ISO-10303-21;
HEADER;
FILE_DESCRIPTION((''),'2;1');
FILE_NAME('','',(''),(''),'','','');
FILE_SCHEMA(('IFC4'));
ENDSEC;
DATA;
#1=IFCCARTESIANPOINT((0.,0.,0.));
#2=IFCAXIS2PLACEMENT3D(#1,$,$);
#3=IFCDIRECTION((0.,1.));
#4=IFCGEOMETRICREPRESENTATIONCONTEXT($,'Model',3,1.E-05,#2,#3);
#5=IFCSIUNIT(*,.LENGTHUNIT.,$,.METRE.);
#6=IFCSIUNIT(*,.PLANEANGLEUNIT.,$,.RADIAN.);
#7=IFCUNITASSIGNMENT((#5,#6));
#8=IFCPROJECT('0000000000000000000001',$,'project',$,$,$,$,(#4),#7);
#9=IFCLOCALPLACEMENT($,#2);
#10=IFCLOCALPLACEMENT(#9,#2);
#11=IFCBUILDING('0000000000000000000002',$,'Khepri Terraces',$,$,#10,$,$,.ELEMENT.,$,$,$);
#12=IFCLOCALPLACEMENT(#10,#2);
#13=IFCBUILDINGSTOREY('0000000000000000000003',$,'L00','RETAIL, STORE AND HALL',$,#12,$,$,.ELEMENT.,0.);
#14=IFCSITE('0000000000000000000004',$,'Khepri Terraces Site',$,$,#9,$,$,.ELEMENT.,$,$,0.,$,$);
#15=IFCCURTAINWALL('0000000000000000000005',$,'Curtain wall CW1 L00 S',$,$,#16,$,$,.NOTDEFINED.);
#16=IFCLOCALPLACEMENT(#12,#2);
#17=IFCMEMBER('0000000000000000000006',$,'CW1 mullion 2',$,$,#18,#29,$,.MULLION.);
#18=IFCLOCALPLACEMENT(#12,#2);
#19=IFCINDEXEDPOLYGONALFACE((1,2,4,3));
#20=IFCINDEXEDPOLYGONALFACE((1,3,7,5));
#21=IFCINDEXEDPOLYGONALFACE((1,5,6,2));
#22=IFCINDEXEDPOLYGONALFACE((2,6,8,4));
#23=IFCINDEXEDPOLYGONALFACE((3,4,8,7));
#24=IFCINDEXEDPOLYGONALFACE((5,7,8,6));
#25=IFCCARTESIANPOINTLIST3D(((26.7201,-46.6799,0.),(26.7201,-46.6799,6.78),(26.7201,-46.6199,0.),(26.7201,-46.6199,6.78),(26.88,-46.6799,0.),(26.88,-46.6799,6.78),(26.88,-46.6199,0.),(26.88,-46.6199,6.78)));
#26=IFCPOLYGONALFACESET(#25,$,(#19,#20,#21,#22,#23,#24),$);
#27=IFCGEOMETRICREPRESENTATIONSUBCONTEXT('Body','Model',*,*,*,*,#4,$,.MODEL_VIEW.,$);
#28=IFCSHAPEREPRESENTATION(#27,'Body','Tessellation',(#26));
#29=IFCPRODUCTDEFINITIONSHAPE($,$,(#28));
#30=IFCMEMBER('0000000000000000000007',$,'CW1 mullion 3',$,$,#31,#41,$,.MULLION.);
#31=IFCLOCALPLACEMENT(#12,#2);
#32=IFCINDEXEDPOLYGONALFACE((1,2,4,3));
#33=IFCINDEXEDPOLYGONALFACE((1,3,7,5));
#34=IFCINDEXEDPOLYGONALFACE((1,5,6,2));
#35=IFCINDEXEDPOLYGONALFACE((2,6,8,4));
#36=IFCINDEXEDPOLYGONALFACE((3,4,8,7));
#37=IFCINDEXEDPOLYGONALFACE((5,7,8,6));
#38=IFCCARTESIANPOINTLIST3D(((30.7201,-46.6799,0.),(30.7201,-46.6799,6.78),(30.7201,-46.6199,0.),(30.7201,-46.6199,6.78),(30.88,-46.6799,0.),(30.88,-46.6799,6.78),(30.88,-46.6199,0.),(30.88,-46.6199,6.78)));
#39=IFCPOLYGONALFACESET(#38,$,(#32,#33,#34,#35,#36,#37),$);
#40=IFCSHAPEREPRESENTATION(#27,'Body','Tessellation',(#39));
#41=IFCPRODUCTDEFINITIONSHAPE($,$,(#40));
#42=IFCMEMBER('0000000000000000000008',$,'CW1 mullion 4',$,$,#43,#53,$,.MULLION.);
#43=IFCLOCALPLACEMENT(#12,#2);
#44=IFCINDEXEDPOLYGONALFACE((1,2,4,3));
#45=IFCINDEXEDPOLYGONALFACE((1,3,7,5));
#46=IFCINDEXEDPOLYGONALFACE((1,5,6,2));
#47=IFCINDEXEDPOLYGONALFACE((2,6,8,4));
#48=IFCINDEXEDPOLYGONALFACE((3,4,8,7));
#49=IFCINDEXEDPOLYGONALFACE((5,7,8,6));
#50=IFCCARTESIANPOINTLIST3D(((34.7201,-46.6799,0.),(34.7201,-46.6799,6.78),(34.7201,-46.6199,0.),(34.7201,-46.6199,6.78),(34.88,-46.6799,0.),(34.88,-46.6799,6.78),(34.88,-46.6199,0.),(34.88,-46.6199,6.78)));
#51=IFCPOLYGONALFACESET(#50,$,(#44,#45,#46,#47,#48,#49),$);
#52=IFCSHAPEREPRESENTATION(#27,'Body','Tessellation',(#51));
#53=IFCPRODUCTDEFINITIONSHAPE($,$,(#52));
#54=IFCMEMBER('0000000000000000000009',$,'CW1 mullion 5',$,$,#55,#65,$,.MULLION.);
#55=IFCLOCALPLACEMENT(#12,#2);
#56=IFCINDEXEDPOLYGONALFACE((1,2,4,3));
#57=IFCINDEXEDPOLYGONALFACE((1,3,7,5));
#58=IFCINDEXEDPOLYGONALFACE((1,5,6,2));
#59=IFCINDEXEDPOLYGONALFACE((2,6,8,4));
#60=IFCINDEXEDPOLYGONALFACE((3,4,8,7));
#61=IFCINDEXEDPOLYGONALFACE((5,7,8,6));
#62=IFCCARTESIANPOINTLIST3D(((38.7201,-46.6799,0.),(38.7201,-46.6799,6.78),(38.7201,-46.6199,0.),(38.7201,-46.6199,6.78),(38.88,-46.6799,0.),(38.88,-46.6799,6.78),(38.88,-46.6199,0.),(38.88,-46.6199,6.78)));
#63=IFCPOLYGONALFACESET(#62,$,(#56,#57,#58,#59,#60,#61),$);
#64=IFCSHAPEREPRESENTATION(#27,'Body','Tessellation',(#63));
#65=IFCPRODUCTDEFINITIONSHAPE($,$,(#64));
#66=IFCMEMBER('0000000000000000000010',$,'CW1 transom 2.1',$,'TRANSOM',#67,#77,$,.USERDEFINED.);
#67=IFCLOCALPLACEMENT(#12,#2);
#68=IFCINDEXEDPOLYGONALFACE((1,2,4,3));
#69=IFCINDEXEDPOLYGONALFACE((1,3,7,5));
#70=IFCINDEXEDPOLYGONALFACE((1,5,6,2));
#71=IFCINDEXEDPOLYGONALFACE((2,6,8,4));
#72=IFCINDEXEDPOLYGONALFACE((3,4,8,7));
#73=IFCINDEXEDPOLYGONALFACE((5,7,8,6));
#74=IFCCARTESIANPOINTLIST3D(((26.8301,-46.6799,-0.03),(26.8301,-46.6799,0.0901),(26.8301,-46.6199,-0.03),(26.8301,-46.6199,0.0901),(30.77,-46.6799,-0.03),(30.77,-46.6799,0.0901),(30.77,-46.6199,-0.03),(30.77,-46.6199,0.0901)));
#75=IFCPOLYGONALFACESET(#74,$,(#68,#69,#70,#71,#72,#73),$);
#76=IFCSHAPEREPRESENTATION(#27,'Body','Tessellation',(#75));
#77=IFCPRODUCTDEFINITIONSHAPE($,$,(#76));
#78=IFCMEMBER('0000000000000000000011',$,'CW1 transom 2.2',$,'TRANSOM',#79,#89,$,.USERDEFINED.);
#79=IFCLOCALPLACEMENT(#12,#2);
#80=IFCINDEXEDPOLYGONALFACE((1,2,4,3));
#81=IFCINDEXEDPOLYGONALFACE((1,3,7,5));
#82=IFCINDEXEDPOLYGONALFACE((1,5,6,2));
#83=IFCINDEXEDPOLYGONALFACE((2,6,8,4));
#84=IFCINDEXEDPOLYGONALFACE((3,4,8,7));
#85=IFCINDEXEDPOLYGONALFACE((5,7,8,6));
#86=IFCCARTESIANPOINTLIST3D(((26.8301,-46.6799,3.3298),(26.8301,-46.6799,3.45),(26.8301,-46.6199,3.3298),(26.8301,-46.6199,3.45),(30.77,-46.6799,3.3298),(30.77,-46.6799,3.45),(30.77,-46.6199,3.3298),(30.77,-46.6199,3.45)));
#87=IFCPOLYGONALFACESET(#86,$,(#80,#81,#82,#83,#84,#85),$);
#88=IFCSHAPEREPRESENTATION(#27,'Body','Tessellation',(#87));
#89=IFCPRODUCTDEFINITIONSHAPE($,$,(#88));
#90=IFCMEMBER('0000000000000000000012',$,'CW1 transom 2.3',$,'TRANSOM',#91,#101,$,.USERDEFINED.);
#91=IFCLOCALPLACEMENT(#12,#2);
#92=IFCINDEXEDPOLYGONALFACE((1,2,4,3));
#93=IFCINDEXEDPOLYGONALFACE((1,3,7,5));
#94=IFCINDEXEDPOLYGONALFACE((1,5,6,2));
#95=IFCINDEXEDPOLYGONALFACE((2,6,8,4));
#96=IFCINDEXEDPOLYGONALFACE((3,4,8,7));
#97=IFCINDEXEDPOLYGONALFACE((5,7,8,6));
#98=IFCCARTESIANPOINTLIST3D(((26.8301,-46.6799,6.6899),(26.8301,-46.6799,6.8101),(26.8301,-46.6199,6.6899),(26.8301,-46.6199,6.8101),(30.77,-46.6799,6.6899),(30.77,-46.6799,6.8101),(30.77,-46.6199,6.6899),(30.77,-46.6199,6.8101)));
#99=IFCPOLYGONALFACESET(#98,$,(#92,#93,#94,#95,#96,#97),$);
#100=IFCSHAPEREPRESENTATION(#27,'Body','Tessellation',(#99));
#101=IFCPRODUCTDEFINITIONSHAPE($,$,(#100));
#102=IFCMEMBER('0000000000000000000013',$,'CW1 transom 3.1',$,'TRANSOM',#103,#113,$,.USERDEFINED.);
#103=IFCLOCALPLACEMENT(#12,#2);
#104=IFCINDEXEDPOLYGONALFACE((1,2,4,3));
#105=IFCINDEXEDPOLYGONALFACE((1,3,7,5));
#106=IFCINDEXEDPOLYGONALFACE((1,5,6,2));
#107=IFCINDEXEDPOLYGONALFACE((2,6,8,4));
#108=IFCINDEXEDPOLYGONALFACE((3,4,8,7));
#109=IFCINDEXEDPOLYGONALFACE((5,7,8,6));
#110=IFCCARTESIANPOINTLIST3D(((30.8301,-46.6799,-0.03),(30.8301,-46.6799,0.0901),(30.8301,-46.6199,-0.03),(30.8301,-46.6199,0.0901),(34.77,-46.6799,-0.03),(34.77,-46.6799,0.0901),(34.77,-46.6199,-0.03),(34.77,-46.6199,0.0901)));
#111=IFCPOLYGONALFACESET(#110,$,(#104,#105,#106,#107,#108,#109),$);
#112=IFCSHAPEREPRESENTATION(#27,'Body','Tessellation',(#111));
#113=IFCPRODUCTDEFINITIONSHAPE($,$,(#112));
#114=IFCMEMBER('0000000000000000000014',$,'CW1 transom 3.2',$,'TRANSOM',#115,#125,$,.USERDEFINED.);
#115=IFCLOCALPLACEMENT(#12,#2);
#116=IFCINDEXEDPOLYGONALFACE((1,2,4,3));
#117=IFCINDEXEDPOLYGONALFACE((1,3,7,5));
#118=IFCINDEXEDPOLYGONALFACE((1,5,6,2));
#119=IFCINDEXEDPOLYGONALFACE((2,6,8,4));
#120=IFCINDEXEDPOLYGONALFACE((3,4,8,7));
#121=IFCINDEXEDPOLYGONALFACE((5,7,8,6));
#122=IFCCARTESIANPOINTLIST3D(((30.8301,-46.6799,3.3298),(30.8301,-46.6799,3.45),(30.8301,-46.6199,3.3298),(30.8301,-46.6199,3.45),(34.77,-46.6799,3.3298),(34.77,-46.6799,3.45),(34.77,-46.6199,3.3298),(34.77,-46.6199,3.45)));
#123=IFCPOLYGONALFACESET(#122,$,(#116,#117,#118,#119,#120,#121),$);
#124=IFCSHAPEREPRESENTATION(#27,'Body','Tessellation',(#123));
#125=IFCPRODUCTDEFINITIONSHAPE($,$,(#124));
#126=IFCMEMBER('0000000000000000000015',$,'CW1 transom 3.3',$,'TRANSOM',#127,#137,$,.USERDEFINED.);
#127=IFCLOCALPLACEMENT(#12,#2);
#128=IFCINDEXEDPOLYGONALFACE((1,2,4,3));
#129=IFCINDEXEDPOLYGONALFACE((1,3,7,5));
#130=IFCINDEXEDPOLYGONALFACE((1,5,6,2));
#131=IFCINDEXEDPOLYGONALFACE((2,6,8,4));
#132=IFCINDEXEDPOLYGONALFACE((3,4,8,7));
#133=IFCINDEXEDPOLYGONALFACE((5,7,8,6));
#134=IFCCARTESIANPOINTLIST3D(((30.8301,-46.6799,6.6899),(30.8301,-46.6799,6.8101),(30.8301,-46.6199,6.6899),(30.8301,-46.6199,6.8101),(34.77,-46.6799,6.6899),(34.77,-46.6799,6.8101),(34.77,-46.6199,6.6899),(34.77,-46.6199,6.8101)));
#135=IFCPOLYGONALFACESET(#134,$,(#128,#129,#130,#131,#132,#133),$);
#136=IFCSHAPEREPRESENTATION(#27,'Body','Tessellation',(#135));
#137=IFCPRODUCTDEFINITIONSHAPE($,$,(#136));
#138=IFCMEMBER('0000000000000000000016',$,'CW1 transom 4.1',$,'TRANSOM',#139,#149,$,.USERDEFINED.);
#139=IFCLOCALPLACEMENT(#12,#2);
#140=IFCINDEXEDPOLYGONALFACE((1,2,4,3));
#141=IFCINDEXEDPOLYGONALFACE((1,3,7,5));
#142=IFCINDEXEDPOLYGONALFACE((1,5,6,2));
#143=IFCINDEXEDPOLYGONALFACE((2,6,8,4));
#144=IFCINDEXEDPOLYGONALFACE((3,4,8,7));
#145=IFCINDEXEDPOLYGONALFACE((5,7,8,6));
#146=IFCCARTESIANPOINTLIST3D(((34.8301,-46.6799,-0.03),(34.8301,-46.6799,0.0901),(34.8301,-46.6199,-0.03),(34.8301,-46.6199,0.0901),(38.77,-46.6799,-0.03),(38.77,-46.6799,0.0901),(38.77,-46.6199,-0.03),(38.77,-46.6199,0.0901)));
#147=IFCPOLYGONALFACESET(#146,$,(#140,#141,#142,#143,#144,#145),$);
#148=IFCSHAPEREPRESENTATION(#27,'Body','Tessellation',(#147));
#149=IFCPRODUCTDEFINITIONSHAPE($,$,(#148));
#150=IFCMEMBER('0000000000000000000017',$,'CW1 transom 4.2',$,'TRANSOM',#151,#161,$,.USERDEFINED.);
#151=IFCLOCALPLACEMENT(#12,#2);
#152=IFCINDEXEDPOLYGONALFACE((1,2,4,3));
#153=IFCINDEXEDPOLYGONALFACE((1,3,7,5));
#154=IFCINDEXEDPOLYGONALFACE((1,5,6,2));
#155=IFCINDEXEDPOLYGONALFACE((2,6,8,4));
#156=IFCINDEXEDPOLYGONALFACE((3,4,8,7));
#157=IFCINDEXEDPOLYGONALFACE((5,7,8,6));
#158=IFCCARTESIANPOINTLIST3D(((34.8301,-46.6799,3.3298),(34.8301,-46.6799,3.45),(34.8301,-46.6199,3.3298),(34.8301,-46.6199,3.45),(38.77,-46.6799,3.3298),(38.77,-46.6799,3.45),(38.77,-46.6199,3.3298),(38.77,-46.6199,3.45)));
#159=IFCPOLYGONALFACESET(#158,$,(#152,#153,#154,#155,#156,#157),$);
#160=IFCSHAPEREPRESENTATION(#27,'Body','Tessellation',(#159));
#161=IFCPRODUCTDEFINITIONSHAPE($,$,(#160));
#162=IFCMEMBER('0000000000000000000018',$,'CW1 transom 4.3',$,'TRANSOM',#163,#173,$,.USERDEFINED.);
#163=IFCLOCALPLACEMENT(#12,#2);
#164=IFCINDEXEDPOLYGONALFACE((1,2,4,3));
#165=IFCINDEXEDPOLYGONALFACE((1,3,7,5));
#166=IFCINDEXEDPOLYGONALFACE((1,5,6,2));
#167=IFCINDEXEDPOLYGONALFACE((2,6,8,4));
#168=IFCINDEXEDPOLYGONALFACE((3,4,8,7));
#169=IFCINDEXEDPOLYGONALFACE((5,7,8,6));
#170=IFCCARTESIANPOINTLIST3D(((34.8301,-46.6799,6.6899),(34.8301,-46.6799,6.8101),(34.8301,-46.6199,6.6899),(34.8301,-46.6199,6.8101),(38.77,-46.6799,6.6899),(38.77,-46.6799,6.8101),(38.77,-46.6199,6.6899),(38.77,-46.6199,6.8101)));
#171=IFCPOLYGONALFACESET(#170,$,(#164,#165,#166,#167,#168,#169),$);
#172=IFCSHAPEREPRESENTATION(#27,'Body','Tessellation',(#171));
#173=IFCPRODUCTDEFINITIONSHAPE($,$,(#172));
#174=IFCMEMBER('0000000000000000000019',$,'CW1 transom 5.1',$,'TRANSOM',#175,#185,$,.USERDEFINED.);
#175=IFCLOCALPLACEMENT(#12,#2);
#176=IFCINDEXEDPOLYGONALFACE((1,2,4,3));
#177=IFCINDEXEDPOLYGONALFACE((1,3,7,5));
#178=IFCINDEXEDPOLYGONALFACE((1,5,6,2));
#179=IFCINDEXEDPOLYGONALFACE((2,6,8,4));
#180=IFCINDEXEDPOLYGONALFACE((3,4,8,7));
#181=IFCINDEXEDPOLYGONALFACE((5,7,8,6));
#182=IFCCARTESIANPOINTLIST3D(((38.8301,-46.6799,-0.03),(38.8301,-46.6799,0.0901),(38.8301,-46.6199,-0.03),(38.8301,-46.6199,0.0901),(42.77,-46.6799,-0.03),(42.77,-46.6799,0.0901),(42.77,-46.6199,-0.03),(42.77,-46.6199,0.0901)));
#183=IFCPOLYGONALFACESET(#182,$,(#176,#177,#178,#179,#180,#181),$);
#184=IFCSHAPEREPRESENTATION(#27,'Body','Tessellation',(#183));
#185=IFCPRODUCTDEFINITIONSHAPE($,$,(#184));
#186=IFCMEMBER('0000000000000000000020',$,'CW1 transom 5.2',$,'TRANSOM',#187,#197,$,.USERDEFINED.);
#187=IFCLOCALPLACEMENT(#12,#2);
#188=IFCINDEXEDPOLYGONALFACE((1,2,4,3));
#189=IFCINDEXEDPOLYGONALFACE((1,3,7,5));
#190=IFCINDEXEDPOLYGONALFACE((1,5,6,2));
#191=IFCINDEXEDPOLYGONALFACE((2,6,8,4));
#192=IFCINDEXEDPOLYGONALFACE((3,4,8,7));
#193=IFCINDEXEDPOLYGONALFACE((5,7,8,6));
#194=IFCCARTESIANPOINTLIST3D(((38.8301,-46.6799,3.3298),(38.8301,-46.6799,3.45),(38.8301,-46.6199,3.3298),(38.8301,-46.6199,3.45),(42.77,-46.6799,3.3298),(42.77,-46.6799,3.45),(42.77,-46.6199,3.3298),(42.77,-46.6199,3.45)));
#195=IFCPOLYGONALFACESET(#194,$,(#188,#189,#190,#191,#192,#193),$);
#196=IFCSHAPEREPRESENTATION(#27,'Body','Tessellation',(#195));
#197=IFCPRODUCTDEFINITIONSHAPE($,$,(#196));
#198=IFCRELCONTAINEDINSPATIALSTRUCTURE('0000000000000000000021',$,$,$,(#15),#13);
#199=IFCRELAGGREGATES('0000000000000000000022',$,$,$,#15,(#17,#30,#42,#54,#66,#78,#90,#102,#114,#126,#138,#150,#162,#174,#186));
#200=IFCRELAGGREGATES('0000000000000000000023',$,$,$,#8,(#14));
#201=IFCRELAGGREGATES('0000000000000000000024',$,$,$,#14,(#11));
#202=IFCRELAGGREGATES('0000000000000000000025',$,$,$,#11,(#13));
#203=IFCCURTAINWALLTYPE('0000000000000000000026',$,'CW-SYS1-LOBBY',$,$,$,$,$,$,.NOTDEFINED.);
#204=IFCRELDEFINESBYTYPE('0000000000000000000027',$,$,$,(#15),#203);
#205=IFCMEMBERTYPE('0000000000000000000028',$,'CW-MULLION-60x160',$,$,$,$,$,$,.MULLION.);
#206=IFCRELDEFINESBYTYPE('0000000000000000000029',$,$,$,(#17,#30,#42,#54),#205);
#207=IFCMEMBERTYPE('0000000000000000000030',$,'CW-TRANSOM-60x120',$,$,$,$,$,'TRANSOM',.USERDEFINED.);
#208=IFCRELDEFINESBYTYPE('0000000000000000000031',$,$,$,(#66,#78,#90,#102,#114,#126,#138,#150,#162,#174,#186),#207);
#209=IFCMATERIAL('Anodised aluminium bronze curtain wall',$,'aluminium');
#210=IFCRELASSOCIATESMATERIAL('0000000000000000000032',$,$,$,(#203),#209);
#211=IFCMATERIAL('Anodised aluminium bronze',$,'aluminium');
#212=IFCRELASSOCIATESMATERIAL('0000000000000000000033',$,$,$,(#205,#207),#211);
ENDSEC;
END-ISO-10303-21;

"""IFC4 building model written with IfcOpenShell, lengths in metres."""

from ifc_helpers import new_model, si_unit, direction, frame, origin, origin_2d, place, context, subcontext, project, spatial, rectangle, extrude, material, material_profile, profile_set, type_object, element, aggregate, save


model = new_model("IFC4")

# Units and contexts
model_context = context("Model", 3, precision=1e-05, world=origin(), true_north=direction((0.0, 1.0)))
body_context = subcontext(model_context, "Body", "Model", "MODEL_VIEW")
ifc_project = project(units=[si_unit("LENGTHUNIT", "METRE"), si_unit("PLANEANGLEUNIT", "RADIAN")], contexts=[model_context])

# Site, building, storey
site_placement = place(None, origin())
site = spatial("IfcSite", under=ifc_project, at=site_placement, Name="Khepri Terraces Site", CompositionType="ELEMENT", RefElevation=0.0)
building_placement = place(site_placement, origin())
building = spatial("IfcBuilding", under=site, at=building_placement, Name="Khepri Terraces", CompositionType="ELEMENT")
storey_placement = place(building_placement, origin())
storey = spatial("IfcBuildingStorey", under=building, at=storey_placement, Name="L00", Description="RETAIL, STORE AND HALL", CompositionType="ELEMENT", Elevation=0.0)

# Curtain wall, members
ifc_material_1 = material(Name="Anodised aluminium bronze curtain wall", Category="aluminium")
curtain_wall_type = type_object("IfcCurtainWallType", Name="CW-SYS1-LOBBY", PredefinedType="NOTDEFINED", material=ifc_material_1)
curtain_wall_placement = place(storey_placement, origin())
curtain_wall = element("IfcCurtainWall", 1, at=curtain_wall_placement, inside=storey, type_object=curtain_wall_type, Name="Curtain wall CW1 L00 S", PredefinedType="NOTDEFINED")
ifc_material_2 = material(Name="Anodised aluminium bronze", Category="aluminium")
ifc_material_profile_1 = material_profile(ifc_material_2, rectangle(XDim=0.0601, YDim=0.1599, at=origin_2d()), Name="Anodised aluminium bronze", Category="aluminium")
ifc_profile_set_1 = profile_set([ifc_material_profile_1], Name="Anodised aluminium bronze")
member_type_1 = type_object("IfcMemberType", Name="CW-MULLION-60x160", PredefinedType="MULLION", material=ifc_profile_set_1)
member_1_placement = place(storey_placement, frame((26.8, -46.6499, 0.0), z_axis=(0.0, 0.0, 1.0), x_axis=(0.0, 1.0, 0.0)))
member_1 = element("IfcMember", 2, at=member_1_placement, type_object=member_type_1, Name="CW1 mullion 2", PredefinedType="MULLION", context=body_context, shape_type="SweptSolid", body=[
    extrude(rectangle(XDim=0.0601, YDim=0.1599, at=origin_2d()), origin(), (0.0, 0.0, 1.0), 6.78),
])
member_2_placement = place(storey_placement, frame((30.8, -46.6499, 0.0), z_axis=(0.0, 0.0, 1.0), x_axis=(0.0, 1.0, 0.0)))
member_2 = element("IfcMember", 3, at=member_2_placement, type_object=member_type_1, Name="CW1 mullion 3", PredefinedType="MULLION", context=body_context, shape_type="SweptSolid", body=[
    extrude(rectangle(XDim=0.0601, YDim=0.1599, at=origin_2d()), origin(), (0.0, 0.0, 1.0), 6.78),
])
member_3_placement = place(storey_placement, frame((34.8, -46.6499, 0.0), z_axis=(0.0, 0.0, 1.0), x_axis=(0.0, 1.0, 0.0)))
member_3 = element("IfcMember", 4, at=member_3_placement, type_object=member_type_1, Name="CW1 mullion 4", PredefinedType="MULLION", context=body_context, shape_type="SweptSolid", body=[
    extrude(rectangle(XDim=0.0601, YDim=0.1599, at=origin_2d()), origin(), (0.0, 0.0, 1.0), 6.78),
])
member_4_placement = place(storey_placement, frame((38.8, -46.6499, 0.0), z_axis=(0.0, 0.0, 1.0), x_axis=(0.0, 1.0, 0.0)))
member_4 = element("IfcMember", 5, at=member_4_placement, type_object=member_type_1, Name="CW1 mullion 5", PredefinedType="MULLION", context=body_context, shape_type="SweptSolid", body=[
    extrude(rectangle(XDim=0.0601, YDim=0.1599, at=origin_2d()), origin(), (0.0, 0.0, 1.0), 6.78),
])
ifc_material_profile_2 = material_profile(ifc_material_2, rectangle(XDim=0.0601, YDim=0.1201, at=origin_2d()), Name="Anodised aluminium bronze", Category="aluminium")
ifc_profile_set_2 = profile_set([ifc_material_profile_2], Name="Anodised aluminium bronze")
member_type_2 = type_object("IfcMemberType", Name="CW-TRANSOM-60x120", ElementType="TRANSOM", PredefinedType="USERDEFINED", material=ifc_profile_set_2)
member_5_placement = place(storey_placement, frame((26.8301, -46.6499, 0.03), z_axis=(1.0, 0.0, 0.0), x_axis=(0.0, 1.0, 0.0)))
member_5 = element("IfcMember", 6, at=member_5_placement, type_object=member_type_2, Name="CW1 transom 2.1", ObjectType="TRANSOM", PredefinedType="USERDEFINED", context=body_context, shape_type="SweptSolid", body=[
    extrude(rectangle(XDim=0.0601, YDim=0.1201, at=origin_2d()), origin(), (0.0, 0.0, 1.0), 3.9399),
])
member_6_placement = place(storey_placement, frame((26.8301, -46.6499, 3.3899), z_axis=(1.0, 0.0, 0.0), x_axis=(0.0, 1.0, 0.0)))
member_6 = element("IfcMember", 7, at=member_6_placement, type_object=member_type_2, Name="CW1 transom 2.2", ObjectType="TRANSOM", PredefinedType="USERDEFINED", context=body_context, shape_type="SweptSolid", body=[
    extrude(rectangle(XDim=0.0601, YDim=0.1201, at=origin_2d()), origin(), (0.0, 0.0, 1.0), 3.9399),
])
member_7_placement = place(storey_placement, frame((26.8301, -46.6499, 6.75), z_axis=(1.0, 0.0, 0.0), x_axis=(0.0, 1.0, 0.0)))
member_7 = element("IfcMember", 8, at=member_7_placement, type_object=member_type_2, Name="CW1 transom 2.3", ObjectType="TRANSOM", PredefinedType="USERDEFINED", context=body_context, shape_type="SweptSolid", body=[
    extrude(rectangle(XDim=0.0601, YDim=0.1201, at=origin_2d()), origin(), (0.0, 0.0, 1.0), 3.9399),
])
member_8_placement = place(storey_placement, frame((30.8301, -46.6499, 0.03), z_axis=(1.0, 0.0, 0.0), x_axis=(0.0, 1.0, 0.0)))
member_8 = element("IfcMember", 9, at=member_8_placement, type_object=member_type_2, Name="CW1 transom 3.1", ObjectType="TRANSOM", PredefinedType="USERDEFINED", context=body_context, shape_type="SweptSolid", body=[
    extrude(rectangle(XDim=0.0601, YDim=0.1201, at=origin_2d()), origin(), (0.0, 0.0, 1.0), 3.9399),
])
member_9_placement = place(storey_placement, frame((30.8301, -46.6499, 3.3899), z_axis=(1.0, 0.0, 0.0), x_axis=(0.0, 1.0, 0.0)))
member_9 = element("IfcMember", 10, at=member_9_placement, type_object=member_type_2, Name="CW1 transom 3.2", ObjectType="TRANSOM", PredefinedType="USERDEFINED", context=body_context, shape_type="SweptSolid", body=[
    extrude(rectangle(XDim=0.0601, YDim=0.1201, at=origin_2d()), origin(), (0.0, 0.0, 1.0), 3.9399),
])
member_10_placement = place(storey_placement, frame((30.8301, -46.6499, 6.75), z_axis=(1.0, 0.0, 0.0), x_axis=(0.0, 1.0, 0.0)))
member_10 = element("IfcMember", 11, at=member_10_placement, type_object=member_type_2, Name="CW1 transom 3.3", ObjectType="TRANSOM", PredefinedType="USERDEFINED", context=body_context, shape_type="SweptSolid", body=[
    extrude(rectangle(XDim=0.0601, YDim=0.1201, at=origin_2d()), origin(), (0.0, 0.0, 1.0), 3.9399),
])
member_11_placement = place(storey_placement, frame((34.8301, -46.6499, 0.03), z_axis=(1.0, 0.0, 0.0), x_axis=(0.0, 1.0, 0.0)))
member_11 = element("IfcMember", 12, at=member_11_placement, type_object=member_type_2, Name="CW1 transom 4.1", ObjectType="TRANSOM", PredefinedType="USERDEFINED", context=body_context, shape_type="SweptSolid", body=[
    extrude(rectangle(XDim=0.0601, YDim=0.1201, at=origin_2d()), origin(), (0.0, 0.0, 1.0), 3.9399),
])
member_12_placement = place(storey_placement, frame((34.8301, -46.6499, 3.3899), z_axis=(1.0, 0.0, 0.0), x_axis=(0.0, 1.0, 0.0)))
member_12 = element("IfcMember", 13, at=member_12_placement, type_object=member_type_2, Name="CW1 transom 4.2", ObjectType="TRANSOM", PredefinedType="USERDEFINED", context=body_context, shape_type="SweptSolid", body=[
    extrude(rectangle(XDim=0.0601, YDim=0.1201, at=origin_2d()), origin(), (0.0, 0.0, 1.0), 3.9399),
])
member_13_placement = place(storey_placement, frame((34.8301, -46.6499, 6.75), z_axis=(1.0, 0.0, 0.0), x_axis=(0.0, 1.0, 0.0)))
member_13 = element("IfcMember", 14, at=member_13_placement, type_object=member_type_2, Name="CW1 transom 4.3", ObjectType="TRANSOM", PredefinedType="USERDEFINED", context=body_context, shape_type="SweptSolid", body=[
    extrude(rectangle(XDim=0.0601, YDim=0.1201, at=origin_2d()), origin(), (0.0, 0.0, 1.0), 3.9399),
])
member_14_placement = place(storey_placement, frame((38.8301, -46.6499, 0.03), z_axis=(1.0, 0.0, 0.0), x_axis=(0.0, 1.0, 0.0)))
member_14 = element("IfcMember", 15, at=member_14_placement, type_object=member_type_2, Name="CW1 transom 5.1", ObjectType="TRANSOM", PredefinedType="USERDEFINED", context=body_context, shape_type="SweptSolid", body=[
    extrude(rectangle(XDim=0.0601, YDim=0.1201, at=origin_2d()), origin(), (0.0, 0.0, 1.0), 3.9399),
])
member_15_placement = place(storey_placement, frame((38.8301, -46.6499, 3.3899), z_axis=(1.0, 0.0, 0.0), x_axis=(0.0, 1.0, 0.0)))
member_15 = element("IfcMember", 16, at=member_15_placement, type_object=member_type_2, Name="CW1 transom 5.2", ObjectType="TRANSOM", PredefinedType="USERDEFINED", context=body_context, shape_type="SweptSolid", body=[
    extrude(rectangle(XDim=0.0601, YDim=0.1201, at=origin_2d()), origin(), (0.0, 0.0, 1.0), 3.9399),
])
aggregate(curtain_wall, [member_1, member_2, member_3, member_4, member_5, member_6, member_7, member_8, member_9, member_10, member_11, member_12, member_13, member_14, member_15])

save(model, "model.ifc")
